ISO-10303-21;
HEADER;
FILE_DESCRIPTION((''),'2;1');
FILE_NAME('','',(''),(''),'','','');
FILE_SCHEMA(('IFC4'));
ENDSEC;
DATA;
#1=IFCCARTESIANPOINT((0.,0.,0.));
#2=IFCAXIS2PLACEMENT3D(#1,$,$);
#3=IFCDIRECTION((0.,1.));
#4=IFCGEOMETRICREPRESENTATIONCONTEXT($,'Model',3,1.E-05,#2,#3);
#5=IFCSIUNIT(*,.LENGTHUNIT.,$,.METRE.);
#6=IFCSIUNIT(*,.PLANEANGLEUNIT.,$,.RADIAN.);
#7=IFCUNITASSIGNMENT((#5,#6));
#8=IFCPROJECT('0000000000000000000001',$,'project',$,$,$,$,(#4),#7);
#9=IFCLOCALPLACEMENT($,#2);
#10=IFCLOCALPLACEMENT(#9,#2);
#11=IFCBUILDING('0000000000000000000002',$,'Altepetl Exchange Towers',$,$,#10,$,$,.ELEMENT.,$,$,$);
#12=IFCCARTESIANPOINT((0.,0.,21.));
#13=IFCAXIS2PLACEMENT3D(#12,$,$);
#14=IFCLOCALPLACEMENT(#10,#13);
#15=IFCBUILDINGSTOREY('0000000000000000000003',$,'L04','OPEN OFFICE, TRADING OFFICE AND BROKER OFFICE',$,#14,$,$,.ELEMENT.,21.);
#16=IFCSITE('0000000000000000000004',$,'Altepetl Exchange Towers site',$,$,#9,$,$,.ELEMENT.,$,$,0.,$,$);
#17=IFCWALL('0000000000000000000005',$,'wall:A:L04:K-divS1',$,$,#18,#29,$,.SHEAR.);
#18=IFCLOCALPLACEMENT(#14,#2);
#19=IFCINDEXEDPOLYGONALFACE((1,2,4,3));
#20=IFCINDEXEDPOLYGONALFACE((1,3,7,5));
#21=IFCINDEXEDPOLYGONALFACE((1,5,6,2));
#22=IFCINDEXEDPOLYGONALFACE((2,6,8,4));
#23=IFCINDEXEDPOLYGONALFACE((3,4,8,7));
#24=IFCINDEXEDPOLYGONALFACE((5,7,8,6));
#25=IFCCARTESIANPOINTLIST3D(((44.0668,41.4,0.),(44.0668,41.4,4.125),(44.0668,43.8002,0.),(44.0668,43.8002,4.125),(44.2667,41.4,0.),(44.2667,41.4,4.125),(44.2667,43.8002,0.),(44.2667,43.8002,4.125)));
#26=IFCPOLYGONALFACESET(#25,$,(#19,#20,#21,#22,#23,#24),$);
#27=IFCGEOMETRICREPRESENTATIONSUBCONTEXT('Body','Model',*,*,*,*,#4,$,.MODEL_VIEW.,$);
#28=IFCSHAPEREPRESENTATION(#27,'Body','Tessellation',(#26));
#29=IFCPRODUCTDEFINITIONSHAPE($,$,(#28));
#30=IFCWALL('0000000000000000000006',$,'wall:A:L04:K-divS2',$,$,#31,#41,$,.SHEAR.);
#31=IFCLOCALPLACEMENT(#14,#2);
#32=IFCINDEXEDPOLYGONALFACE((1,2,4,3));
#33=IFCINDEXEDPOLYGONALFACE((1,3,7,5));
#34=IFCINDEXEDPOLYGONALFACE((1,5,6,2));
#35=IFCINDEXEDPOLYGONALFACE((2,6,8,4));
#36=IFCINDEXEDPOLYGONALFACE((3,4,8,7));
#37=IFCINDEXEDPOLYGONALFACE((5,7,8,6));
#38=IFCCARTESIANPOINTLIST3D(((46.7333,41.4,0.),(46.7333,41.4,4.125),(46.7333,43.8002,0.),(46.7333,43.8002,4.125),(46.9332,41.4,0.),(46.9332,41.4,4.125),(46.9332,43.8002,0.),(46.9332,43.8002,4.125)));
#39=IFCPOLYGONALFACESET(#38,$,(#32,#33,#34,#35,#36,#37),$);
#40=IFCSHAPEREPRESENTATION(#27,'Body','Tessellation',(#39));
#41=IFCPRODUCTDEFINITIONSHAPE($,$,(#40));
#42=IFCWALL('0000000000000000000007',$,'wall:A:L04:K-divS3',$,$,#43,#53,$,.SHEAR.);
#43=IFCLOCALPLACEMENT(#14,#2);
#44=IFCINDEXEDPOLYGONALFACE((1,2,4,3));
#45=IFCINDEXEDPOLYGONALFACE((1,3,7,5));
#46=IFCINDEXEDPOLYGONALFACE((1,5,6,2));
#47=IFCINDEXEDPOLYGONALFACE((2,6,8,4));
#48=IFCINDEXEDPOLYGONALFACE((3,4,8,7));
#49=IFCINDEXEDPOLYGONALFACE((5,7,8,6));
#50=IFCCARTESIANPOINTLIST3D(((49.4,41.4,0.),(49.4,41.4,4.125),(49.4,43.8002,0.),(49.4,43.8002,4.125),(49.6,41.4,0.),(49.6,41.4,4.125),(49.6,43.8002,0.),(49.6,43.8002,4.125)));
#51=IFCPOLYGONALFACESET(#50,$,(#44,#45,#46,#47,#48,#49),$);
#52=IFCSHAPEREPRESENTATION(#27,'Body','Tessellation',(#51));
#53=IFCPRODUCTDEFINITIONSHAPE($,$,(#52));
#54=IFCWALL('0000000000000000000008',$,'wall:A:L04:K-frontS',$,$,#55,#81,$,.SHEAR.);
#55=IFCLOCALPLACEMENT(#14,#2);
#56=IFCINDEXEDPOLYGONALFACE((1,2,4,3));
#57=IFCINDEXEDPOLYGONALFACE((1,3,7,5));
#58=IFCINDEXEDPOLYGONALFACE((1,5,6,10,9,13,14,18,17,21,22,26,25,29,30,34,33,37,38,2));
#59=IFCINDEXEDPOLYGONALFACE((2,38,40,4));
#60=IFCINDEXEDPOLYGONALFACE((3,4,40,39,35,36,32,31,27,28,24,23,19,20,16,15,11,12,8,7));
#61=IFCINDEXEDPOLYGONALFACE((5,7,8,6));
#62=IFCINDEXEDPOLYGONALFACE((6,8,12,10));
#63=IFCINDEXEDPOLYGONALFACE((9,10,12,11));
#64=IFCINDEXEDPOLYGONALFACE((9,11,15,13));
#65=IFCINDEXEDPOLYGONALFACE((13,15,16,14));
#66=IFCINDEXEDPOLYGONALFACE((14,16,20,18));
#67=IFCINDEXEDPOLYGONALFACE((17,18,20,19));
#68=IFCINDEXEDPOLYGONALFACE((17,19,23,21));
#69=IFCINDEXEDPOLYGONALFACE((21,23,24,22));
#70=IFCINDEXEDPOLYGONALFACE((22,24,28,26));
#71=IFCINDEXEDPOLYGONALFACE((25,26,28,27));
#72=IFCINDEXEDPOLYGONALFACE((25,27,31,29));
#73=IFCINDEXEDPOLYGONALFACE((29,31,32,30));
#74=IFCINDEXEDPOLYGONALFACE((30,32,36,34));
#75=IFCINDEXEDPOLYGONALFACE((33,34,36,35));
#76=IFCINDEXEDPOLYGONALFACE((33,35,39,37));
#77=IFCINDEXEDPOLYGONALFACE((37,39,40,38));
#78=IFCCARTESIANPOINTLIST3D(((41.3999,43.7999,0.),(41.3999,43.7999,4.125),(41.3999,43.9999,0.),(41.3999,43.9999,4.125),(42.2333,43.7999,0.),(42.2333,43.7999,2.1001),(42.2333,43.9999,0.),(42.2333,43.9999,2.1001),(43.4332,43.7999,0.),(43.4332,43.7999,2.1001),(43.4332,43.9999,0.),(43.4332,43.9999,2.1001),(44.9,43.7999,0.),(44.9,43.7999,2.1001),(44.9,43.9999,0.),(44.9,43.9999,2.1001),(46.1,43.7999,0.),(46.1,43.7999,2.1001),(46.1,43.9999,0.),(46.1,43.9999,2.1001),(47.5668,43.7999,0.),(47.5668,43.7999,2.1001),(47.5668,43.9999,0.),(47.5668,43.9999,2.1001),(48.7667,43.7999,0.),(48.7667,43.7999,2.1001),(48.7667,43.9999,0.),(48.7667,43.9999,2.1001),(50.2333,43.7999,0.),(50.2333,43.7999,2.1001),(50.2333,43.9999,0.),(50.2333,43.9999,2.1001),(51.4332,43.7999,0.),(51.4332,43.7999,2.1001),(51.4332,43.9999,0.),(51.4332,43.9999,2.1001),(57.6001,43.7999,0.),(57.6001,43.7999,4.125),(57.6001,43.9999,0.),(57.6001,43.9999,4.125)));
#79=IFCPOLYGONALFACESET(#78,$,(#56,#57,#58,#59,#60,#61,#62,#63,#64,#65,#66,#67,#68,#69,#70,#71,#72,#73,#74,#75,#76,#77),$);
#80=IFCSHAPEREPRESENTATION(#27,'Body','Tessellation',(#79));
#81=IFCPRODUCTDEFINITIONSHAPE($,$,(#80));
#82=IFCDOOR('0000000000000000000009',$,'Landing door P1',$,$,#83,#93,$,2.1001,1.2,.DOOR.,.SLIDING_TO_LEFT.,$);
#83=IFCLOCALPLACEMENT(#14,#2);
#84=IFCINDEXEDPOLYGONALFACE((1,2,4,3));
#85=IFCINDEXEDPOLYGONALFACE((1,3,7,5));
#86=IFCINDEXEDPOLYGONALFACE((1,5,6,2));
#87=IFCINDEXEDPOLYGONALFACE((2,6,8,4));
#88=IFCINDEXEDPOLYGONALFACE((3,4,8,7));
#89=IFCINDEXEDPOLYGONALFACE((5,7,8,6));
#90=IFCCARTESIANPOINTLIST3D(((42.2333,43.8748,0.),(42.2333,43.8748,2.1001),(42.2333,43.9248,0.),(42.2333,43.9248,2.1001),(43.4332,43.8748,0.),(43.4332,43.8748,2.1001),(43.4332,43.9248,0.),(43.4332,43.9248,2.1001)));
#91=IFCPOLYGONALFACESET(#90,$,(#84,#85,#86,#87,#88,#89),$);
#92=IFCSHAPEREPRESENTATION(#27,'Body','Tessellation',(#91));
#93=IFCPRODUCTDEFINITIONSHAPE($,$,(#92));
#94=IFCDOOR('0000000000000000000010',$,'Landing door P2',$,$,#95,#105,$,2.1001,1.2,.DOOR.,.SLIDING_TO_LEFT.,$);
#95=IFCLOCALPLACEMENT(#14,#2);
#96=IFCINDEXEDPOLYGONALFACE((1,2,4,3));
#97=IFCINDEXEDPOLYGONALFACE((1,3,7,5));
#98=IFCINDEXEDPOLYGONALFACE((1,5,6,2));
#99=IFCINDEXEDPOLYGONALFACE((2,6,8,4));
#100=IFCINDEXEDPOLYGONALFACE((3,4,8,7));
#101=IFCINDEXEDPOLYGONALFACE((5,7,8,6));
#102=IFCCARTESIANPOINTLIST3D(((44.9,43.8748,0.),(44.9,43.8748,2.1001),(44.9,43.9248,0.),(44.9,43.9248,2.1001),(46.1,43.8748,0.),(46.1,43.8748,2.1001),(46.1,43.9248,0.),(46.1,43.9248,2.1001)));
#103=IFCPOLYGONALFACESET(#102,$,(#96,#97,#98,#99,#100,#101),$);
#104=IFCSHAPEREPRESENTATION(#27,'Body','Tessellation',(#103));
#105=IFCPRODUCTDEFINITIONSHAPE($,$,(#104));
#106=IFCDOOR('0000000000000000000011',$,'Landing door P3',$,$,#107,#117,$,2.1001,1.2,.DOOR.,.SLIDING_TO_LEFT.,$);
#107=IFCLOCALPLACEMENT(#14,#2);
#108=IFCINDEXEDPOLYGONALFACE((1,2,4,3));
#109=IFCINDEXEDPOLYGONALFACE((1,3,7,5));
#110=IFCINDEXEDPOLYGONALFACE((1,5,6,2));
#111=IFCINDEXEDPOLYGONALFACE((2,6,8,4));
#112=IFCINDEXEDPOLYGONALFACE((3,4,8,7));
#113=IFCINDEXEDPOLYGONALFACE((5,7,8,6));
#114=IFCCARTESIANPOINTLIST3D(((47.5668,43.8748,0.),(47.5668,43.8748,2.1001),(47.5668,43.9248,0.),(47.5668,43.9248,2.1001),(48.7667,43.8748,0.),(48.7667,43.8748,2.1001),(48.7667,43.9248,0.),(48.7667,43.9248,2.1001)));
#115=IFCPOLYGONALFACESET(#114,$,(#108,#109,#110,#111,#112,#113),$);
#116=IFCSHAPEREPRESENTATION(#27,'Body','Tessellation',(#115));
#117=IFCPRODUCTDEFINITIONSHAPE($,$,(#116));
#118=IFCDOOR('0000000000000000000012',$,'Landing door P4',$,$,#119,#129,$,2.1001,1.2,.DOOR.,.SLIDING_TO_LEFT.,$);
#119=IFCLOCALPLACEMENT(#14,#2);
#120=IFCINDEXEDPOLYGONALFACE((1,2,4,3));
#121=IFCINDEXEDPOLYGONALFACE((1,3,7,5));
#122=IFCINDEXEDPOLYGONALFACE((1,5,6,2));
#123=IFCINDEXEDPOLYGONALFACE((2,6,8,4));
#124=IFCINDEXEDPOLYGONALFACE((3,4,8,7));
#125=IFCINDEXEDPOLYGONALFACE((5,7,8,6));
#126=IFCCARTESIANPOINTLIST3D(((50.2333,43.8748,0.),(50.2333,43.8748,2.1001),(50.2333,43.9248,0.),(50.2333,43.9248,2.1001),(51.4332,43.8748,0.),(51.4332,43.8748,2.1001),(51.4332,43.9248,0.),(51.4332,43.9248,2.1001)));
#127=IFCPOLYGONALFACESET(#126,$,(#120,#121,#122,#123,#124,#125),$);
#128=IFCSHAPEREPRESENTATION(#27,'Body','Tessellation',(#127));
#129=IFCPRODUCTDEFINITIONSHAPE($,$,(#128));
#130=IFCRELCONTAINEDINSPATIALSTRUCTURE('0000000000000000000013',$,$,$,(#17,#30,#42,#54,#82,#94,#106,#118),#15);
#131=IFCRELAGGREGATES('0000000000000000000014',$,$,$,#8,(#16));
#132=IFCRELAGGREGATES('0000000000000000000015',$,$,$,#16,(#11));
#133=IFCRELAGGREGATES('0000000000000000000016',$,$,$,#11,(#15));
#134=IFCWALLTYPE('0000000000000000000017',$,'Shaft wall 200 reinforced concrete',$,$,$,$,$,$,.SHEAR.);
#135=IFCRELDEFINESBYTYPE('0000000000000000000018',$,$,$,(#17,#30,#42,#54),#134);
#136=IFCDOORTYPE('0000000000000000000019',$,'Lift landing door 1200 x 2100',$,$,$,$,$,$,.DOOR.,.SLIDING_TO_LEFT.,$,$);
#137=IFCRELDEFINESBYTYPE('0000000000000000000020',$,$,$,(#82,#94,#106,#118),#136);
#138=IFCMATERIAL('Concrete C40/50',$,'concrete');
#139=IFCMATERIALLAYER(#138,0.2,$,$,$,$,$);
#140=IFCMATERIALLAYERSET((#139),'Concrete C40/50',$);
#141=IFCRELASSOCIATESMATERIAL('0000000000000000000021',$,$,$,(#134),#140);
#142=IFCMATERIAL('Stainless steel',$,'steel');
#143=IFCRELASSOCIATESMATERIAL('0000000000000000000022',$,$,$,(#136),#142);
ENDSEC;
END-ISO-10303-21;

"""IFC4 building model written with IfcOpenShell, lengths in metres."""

from ifc_helpers import new_model, si_unit, direction, frame, frame_2d, origin, place, context, subcontext, project, spatial, rectangle, extrude, material, layer, layer_set, type_object, element, fill, save


model = new_model("IFC4")

# Units and contexts
model_context = context("Model", 3, precision=1e-05, world=origin(), true_north=direction((0.0, 1.0)))
body_context = subcontext(model_context, "Body", "Model", "MODEL_VIEW")
ifc_project = project(units=[si_unit("LENGTHUNIT", "METRE"), si_unit("PLANEANGLEUNIT", "RADIAN")], contexts=[model_context])

# Site, building, storey
site_placement = place(None, origin())
site = spatial("IfcSite", under=ifc_project, at=site_placement, Name="Altepetl Exchange Towers site", CompositionType="ELEMENT", RefElevation=0.0)
building_placement = place(site_placement, origin())
building = spatial("IfcBuilding", under=site, at=building_placement, Name="Altepetl Exchange Towers", CompositionType="ELEMENT")
storey_placement = place(building_placement, frame((0.0, 0.0, 21.0)))
storey = spatial("IfcBuildingStorey", under=building, at=storey_placement, Name="L04", Description="OPEN OFFICE, TRADING OFFICE AND BROKER OFFICE", CompositionType="ELEMENT", Elevation=21.0)

# Walls
ifc_material_1 = material(Name="Concrete C40/50", Category="concrete")
ifc_layer_1 = layer(ifc_material_1, 0.2)
ifc_layer_set_1 = layer_set([ifc_layer_1], Name="Concrete C40/50")
wall_type_1 = type_object("IfcWallType", Name="Shaft wall 200 reinforced concrete", PredefinedType="SHEAR", material=ifc_layer_set_1)
for number, where, z_axis, x_axis, name in (
    (1, (44.1667, 41.3999, 0.0), (0.0, 0.0, 1.0), (0.0, 1.0, 0.0), "wall:A:L04:K-divS1"),
    (2, (46.8333, 41.3999, 0.0), (0.0, 0.0, 1.0), (0.0, 1.0, 0.0), "wall:A:L04:K-divS2"),
    (3, (49.5, 41.3999, 0.0), (0.0, 0.0, 1.0), (0.0, 1.0, 0.0), "wall:A:L04:K-divS3"),
):
    element("IfcWall", number, at=place(storey_placement, frame(where, z_axis=z_axis, x_axis=x_axis)), inside=storey, type_object=wall_type_1, Name=name, PredefinedType="SHEAR", context=body_context, shape_type="SweptSolid", body=[
        extrude(rectangle(XDim=2.4001, YDim=0.2, at=frame_2d((1.2002, 0.0))), origin(), (0.0, 0.0, 1.0), 4.125),
    ])

# Wall, openings, doors
wall_1_placement = place(storey_placement, frame((41.3999, 43.8999, 0.0)))
wall_1 = element("IfcWall", 4, at=wall_1_placement, inside=storey, type_object=wall_type_1, Name="wall:A:L04:K-frontS", PredefinedType="SHEAR", context=body_context, shape_type="SweptSolid", body=[
    extrude(rectangle(XDim=16.2002, YDim=0.2, at=frame_2d((8.1001, 0.0))), origin(), (0.0, 0.0, 1.0), 4.125),
])
opening_1_placement = place(wall_1_placement, frame((0.8333, 0.0, 0.0)))
opening_1 = element("IfcOpeningElement", 5, at=opening_1_placement, cuts=wall_1, PredefinedType="OPENING", context=body_context, shape_type="SweptSolid", body=[
    extrude(rectangle(XDim=1.2, YDim=2.1001, at=frame_2d((0.6001, 1.05))), frame((0.0, 0.1099, 0.0), z_axis=(0.0, -1.0, 0.0), x_axis=(1.0, 0.0, 0.0)), (0.0, 0.0, 1.0), 0.22),
])
opening_2_placement = place(wall_1_placement, frame((3.5, 0.0, 0.0)))
opening_2 = element("IfcOpeningElement", 6, at=opening_2_placement, cuts=wall_1, PredefinedType="OPENING", context=body_context, shape_type="SweptSolid", body=[
    extrude(rectangle(XDim=1.2, YDim=2.1001, at=frame_2d((0.6001, 1.05))), frame((0.0, 0.1099, 0.0), z_axis=(0.0, -1.0, 0.0), x_axis=(1.0, 0.0, 0.0)), (0.0, 0.0, 1.0), 0.22),
])
opening_3_placement = place(wall_1_placement, frame((6.1667, 0.0, 0.0)))
opening_3 = element("IfcOpeningElement", 7, at=opening_3_placement, cuts=wall_1, PredefinedType="OPENING", context=body_context, shape_type="SweptSolid", body=[
    extrude(rectangle(XDim=1.2, YDim=2.1001, at=frame_2d((0.6001, 1.05))), frame((0.0, 0.1099, 0.0), z_axis=(0.0, -1.0, 0.0), x_axis=(1.0, 0.0, 0.0)), (0.0, 0.0, 1.0), 0.22),
])
opening_4_placement = place(wall_1_placement, frame((8.8333, 0.0, 0.0)))
opening_4 = element("IfcOpeningElement", 8, at=opening_4_placement, cuts=wall_1, PredefinedType="OPENING", context=body_context, shape_type="SweptSolid", body=[
    extrude(rectangle(XDim=1.2, YDim=2.1001, at=frame_2d((0.6001, 1.05))), frame((0.0, 0.1099, 0.0), z_axis=(0.0, -1.0, 0.0), x_axis=(1.0, 0.0, 0.0)), (0.0, 0.0, 1.0), 0.22),
])
ifc_material_2 = material(Name="Stainless steel", Category="steel")
door_type_1 = type_object("IfcDoorType", Name="Lift landing door 1200 x 2100", OperationType="SLIDING_TO_LEFT", PredefinedType="DOOR", material=ifc_material_2)
door_1_placement = place(opening_1_placement, origin())
door_1 = element("IfcDoor", 9, at=door_1_placement, inside=storey, type_object=door_type_1, Name="Landing door P1", OperationType="SLIDING_TO_LEFT", OverallHeight=2.1001, OverallWidth=1.2, PredefinedType="DOOR", context=body_context, shape_type="SweptSolid", body=[
    extrude(rectangle(XDim=1.2, YDim=2.1001, at=frame_2d((0.6001, 1.05))), frame((0.0, 0.0249, 0.0), z_axis=(0.0, -1.0, 0.0), x_axis=(1.0, 0.0, 0.0)), (0.0, 0.0, 1.0), 0.05),
])
fill(opening_1, door_1)
door_2_placement = place(opening_2_placement, origin())
door_2 = element("IfcDoor", 10, at=door_2_placement, inside=storey, type_object=door_type_1, Name="Landing door P2", OperationType="SLIDING_TO_LEFT", OverallHeight=2.1001, OverallWidth=1.2, PredefinedType="DOOR", context=body_context, shape_type="SweptSolid", body=[
    extrude(rectangle(XDim=1.2, YDim=2.1001, at=frame_2d((0.6001, 1.05))), frame((0.0, 0.0249, 0.0), z_axis=(0.0, -1.0, 0.0), x_axis=(1.0, 0.0, 0.0)), (0.0, 0.0, 1.0), 0.05),
])
fill(opening_2, door_2)
door_3_placement = place(opening_3_placement, origin())
door_3 = element("IfcDoor", 11, at=door_3_placement, inside=storey, type_object=door_type_1, Name="Landing door P3", OperationType="SLIDING_TO_LEFT", OverallHeight=2.1001, OverallWidth=1.2, PredefinedType="DOOR", context=body_context, shape_type="SweptSolid", body=[
    extrude(rectangle(XDim=1.2, YDim=2.1001, at=frame_2d((0.6001, 1.05))), frame((0.0, 0.0249, 0.0), z_axis=(0.0, -1.0, 0.0), x_axis=(1.0, 0.0, 0.0)), (0.0, 0.0, 1.0), 0.05),
])
fill(opening_3, door_3)
door_4_placement = place(opening_4_placement, origin())
door_4 = element("IfcDoor", 12, at=door_4_placement, inside=storey, type_object=door_type_1, Name="Landing door P4", OperationType="SLIDING_TO_LEFT", OverallHeight=2.1001, OverallWidth=1.2, PredefinedType="DOOR", context=body_context, shape_type="SweptSolid", body=[
    extrude(rectangle(XDim=1.2, YDim=2.1001, at=frame_2d((0.6001, 1.05))), frame((0.0, 0.0249, 0.0), z_axis=(0.0, -1.0, 0.0), x_axis=(1.0, 0.0, 0.0)), (0.0, 0.0, 1.0), 0.05),
])
fill(opening_4, door_4)

save(model, "model.ifc")
